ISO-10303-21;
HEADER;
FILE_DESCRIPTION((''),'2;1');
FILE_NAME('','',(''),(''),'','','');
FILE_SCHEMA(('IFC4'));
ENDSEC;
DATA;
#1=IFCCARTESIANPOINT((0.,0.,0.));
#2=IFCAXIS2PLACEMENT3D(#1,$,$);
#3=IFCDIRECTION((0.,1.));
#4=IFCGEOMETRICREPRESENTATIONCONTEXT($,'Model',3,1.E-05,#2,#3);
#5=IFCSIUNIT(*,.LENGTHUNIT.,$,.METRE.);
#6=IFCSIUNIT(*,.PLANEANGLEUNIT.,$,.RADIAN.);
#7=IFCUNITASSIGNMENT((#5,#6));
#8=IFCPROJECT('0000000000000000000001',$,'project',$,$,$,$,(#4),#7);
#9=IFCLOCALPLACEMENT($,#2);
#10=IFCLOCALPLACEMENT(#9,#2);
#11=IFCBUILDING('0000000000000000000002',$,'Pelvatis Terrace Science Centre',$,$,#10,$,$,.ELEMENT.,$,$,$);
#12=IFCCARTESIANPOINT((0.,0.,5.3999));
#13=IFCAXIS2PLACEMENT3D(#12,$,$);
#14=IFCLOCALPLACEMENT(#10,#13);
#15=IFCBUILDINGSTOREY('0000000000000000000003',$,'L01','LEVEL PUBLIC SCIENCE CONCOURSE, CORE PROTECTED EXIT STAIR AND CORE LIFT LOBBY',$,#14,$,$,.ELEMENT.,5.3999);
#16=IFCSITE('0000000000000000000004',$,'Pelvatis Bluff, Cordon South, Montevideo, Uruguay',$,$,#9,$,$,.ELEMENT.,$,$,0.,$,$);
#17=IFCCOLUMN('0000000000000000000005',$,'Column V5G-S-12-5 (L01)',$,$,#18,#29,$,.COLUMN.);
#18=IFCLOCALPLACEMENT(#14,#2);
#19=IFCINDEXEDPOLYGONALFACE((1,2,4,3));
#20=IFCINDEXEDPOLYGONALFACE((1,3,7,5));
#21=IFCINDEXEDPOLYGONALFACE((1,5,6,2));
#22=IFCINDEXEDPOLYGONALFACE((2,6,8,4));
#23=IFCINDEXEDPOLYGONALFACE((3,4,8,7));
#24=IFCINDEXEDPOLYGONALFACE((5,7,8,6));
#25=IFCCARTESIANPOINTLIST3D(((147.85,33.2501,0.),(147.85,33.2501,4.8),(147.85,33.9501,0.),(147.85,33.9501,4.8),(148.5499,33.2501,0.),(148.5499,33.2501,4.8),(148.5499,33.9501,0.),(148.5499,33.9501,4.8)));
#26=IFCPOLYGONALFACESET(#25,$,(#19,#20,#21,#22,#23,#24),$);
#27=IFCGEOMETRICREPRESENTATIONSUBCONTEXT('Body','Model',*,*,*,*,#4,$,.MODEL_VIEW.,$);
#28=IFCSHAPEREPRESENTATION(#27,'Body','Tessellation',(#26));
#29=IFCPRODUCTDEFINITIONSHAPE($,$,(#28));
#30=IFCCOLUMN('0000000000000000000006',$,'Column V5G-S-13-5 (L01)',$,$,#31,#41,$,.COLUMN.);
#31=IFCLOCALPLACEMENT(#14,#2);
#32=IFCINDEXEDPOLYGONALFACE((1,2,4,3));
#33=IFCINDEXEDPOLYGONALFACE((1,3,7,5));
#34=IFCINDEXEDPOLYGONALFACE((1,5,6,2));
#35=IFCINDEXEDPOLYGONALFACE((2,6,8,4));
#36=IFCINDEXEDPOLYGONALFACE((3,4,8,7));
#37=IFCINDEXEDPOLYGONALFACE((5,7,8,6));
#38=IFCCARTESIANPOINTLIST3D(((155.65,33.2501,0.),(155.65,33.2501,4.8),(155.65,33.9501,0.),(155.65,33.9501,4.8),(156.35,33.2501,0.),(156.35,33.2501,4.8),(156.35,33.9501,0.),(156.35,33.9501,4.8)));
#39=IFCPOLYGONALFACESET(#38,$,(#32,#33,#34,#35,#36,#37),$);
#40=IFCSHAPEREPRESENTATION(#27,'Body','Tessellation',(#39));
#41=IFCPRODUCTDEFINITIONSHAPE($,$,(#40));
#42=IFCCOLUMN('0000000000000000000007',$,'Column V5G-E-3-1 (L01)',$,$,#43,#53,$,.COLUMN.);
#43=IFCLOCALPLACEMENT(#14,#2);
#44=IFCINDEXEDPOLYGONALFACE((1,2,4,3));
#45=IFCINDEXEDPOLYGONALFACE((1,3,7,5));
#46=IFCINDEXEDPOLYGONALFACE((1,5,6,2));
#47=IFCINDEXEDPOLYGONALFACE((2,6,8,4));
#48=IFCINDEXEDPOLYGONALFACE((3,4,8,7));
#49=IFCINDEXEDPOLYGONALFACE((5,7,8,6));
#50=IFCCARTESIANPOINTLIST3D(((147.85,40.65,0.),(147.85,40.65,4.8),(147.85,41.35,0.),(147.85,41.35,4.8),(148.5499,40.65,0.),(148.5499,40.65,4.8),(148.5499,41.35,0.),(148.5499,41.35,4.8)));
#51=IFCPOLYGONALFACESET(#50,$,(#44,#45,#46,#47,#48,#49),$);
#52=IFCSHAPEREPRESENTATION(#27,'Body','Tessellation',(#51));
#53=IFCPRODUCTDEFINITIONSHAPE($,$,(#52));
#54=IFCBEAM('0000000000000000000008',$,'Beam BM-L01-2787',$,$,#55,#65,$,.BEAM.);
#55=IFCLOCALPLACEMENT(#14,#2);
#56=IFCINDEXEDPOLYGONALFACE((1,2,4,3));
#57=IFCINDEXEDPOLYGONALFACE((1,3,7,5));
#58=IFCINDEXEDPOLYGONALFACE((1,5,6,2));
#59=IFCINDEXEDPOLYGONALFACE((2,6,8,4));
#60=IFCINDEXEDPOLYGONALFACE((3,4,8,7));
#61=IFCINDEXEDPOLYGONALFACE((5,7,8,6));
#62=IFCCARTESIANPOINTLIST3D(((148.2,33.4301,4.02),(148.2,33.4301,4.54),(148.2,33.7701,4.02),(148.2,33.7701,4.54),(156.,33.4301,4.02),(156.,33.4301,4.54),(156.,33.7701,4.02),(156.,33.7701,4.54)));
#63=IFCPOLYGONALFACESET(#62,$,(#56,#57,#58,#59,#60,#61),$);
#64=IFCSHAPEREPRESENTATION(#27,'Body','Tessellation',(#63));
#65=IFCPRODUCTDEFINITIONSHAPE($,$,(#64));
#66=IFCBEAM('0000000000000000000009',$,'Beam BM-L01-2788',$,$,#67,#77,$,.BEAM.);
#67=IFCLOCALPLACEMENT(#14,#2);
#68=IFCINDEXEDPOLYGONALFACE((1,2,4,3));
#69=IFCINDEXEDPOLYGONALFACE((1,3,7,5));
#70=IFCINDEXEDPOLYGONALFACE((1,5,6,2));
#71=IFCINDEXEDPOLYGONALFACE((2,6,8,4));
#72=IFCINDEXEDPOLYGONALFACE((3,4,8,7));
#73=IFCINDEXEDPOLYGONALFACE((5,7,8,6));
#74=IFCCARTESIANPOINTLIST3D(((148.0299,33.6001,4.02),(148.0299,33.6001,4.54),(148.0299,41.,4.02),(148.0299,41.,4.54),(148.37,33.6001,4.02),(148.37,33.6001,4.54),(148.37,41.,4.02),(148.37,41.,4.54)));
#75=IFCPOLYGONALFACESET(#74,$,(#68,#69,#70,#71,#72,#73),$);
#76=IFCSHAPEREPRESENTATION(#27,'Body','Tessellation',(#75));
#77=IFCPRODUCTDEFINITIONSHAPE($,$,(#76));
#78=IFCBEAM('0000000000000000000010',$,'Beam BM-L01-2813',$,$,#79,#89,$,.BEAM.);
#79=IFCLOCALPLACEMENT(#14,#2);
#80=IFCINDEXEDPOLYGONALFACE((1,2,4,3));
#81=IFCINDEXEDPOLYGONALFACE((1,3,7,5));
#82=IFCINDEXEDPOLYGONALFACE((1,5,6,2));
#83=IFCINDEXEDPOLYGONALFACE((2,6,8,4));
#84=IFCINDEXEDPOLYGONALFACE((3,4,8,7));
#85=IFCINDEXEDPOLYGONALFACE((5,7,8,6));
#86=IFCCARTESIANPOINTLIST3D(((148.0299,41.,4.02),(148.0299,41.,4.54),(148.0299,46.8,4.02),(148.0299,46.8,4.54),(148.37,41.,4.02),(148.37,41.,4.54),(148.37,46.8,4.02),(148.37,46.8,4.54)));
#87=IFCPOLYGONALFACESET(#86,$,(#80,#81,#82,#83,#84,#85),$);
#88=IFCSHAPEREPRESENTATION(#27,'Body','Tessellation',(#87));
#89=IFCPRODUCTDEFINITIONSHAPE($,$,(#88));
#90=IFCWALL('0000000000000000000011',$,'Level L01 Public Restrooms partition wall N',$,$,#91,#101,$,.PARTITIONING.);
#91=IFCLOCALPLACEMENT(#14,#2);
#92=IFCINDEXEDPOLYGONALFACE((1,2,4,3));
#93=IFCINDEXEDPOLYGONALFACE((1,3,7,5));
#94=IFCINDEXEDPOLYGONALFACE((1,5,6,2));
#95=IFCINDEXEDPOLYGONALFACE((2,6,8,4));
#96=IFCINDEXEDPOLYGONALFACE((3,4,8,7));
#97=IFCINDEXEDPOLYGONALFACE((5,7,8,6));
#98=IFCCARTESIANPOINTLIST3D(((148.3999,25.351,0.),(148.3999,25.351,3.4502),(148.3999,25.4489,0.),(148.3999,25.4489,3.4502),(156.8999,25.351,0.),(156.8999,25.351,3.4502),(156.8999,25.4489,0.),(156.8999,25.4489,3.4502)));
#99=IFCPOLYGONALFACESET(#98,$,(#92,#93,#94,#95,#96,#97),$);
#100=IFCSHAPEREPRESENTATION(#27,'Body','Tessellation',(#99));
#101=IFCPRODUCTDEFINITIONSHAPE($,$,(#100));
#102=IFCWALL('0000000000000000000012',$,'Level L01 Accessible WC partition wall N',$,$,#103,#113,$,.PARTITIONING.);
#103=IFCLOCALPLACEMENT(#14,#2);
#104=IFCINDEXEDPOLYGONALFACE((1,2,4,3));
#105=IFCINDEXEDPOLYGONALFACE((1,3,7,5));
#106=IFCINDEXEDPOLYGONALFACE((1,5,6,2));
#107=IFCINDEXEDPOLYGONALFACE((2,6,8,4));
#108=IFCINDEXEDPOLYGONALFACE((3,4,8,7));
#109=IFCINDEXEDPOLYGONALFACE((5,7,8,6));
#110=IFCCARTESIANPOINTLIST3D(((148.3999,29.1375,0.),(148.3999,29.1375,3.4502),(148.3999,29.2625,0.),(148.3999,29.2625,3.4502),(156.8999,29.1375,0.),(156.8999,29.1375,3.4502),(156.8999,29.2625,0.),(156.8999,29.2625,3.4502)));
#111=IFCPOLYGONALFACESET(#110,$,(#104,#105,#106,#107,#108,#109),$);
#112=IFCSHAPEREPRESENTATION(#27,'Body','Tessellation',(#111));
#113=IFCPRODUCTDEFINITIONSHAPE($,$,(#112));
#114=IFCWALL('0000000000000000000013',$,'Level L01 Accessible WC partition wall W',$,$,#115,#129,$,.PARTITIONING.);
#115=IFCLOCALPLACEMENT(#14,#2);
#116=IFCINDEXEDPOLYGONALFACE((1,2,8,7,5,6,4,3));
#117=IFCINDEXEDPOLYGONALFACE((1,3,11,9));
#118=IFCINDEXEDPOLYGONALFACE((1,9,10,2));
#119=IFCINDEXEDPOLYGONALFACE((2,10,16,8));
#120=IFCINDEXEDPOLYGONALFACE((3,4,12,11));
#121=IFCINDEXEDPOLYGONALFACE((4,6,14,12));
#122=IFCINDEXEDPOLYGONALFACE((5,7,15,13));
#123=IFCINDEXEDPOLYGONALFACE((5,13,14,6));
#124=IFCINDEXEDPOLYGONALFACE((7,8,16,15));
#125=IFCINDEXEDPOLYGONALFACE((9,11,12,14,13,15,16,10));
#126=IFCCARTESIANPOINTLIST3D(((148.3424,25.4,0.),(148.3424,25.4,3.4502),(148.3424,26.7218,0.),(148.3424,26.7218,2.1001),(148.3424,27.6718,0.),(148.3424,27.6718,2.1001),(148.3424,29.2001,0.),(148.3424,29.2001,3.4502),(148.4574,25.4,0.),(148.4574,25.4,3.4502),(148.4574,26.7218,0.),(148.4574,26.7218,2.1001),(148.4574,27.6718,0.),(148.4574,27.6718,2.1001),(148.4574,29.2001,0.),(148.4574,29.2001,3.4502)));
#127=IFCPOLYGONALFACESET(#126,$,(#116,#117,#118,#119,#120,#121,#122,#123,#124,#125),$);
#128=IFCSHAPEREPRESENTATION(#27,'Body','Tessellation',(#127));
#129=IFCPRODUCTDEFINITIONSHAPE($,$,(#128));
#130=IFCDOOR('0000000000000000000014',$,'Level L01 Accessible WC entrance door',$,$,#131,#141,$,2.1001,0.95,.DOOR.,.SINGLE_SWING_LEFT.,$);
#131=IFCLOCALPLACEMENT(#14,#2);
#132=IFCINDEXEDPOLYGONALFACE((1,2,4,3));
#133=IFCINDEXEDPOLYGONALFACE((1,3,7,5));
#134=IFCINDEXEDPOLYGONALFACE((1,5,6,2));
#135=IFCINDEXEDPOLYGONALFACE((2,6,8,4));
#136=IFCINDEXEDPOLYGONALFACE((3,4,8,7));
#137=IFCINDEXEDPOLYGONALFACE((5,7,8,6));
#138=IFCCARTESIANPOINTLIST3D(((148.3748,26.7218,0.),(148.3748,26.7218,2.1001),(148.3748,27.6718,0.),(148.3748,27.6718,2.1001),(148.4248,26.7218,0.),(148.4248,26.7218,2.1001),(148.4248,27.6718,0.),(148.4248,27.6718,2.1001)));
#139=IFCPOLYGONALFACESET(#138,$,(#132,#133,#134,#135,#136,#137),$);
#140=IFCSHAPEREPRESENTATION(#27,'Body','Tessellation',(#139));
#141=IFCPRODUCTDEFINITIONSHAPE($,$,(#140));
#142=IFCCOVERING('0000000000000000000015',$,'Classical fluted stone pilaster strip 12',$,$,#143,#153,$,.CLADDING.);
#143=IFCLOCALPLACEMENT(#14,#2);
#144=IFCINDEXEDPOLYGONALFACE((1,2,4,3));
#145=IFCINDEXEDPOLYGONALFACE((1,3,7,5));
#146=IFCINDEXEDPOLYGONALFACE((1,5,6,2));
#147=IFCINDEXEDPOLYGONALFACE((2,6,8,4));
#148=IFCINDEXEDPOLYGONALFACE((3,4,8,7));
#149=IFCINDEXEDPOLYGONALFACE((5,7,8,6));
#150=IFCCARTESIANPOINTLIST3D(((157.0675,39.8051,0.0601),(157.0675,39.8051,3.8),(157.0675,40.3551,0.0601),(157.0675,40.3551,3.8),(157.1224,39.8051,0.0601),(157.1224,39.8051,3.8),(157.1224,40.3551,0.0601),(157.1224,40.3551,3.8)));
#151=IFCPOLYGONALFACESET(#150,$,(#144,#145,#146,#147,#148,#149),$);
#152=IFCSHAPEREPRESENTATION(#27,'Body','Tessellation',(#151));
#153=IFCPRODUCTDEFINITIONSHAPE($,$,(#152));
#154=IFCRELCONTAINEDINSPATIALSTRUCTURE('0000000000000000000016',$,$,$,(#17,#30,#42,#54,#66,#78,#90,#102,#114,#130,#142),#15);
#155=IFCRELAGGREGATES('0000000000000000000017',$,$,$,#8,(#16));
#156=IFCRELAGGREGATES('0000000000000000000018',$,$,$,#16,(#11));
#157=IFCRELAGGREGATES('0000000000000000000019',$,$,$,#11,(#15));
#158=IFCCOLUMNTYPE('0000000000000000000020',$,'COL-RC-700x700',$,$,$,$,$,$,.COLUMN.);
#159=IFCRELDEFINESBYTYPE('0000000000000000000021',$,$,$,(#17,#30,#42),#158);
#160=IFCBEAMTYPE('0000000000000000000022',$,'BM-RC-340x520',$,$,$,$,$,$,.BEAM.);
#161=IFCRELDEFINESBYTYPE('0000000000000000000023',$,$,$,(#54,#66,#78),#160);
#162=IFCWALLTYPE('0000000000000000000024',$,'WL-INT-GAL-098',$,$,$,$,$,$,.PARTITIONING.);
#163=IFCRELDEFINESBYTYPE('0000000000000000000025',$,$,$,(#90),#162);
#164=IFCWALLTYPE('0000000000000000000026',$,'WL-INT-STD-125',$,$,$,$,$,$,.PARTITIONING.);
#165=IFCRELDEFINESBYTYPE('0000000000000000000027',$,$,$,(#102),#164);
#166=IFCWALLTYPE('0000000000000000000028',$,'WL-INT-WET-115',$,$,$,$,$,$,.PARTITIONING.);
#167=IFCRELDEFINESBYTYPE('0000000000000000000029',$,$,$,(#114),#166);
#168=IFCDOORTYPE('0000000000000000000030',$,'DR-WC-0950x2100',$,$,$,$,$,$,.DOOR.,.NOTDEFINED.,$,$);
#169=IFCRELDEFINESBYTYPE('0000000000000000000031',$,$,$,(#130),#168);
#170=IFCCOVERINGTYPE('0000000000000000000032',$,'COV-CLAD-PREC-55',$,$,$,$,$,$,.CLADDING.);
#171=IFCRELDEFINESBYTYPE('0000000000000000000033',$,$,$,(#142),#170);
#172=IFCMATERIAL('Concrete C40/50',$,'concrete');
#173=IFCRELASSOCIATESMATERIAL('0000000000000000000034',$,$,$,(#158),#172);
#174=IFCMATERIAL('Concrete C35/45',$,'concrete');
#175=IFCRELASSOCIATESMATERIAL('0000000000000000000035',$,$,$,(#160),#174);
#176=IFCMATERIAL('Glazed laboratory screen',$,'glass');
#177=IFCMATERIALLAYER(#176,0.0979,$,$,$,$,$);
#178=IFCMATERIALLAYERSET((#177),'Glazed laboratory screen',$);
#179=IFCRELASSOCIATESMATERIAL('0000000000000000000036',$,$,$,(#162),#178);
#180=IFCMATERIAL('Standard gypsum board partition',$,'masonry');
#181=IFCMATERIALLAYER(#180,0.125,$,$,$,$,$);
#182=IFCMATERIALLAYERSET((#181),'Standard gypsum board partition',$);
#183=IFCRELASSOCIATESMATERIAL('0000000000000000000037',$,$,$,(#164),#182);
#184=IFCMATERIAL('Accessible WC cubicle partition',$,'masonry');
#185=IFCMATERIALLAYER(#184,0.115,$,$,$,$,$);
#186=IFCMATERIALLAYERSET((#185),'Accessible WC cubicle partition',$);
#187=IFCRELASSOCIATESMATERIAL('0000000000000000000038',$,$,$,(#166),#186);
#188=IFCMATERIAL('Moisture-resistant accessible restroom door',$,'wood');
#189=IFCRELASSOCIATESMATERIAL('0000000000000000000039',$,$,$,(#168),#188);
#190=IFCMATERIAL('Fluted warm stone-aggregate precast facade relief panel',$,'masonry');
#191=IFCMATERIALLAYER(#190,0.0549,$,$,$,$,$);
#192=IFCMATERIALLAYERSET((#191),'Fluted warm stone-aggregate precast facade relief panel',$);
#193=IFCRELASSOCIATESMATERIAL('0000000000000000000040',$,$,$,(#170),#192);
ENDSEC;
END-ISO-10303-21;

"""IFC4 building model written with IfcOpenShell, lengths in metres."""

from ifc_helpers import new_model, si_unit, direction, frame, frame_2d, origin, origin_2d, place, context, subcontext, project, spatial, rectangle, extrude, material, layer, layer_set, material_profile, profile_set, type_object, element, fill, save


model = new_model("IFC4")

# Units and contexts
model_context = context("Model", 3, precision=1e-05, world=origin(), true_north=direction((0.0, 1.0)))
body_context = subcontext(model_context, "Body", "Model", "MODEL_VIEW")
ifc_project = project(units=[si_unit("LENGTHUNIT", "METRE"), si_unit("PLANEANGLEUNIT", "RADIAN")], contexts=[model_context])

# Site, building, storey
site_placement = place(None, origin())
site = spatial("IfcSite", under=ifc_project, at=site_placement, Name="Pelvatis Bluff, Cordon South, Montevideo, Uruguay", CompositionType="ELEMENT", RefElevation=0.0)
building_placement = place(site_placement, origin())
building = spatial("IfcBuilding", under=site, at=building_placement, Name="Pelvatis Terrace Science Centre", CompositionType="ELEMENT")
storey_placement = place(building_placement, frame((0.0, 0.0, 5.3999)))
storey = spatial("IfcBuildingStorey", under=building, at=storey_placement, Name="L01", Description="LEVEL PUBLIC SCIENCE CONCOURSE, CORE PROTECTED EXIT STAIR AND CORE LIFT LOBBY", CompositionType="ELEMENT", Elevation=5.3999)

# Columns
ifc_material_1 = material(Name="Concrete C40/50", Category="concrete")
ifc_material_profile_1 = material_profile(ifc_material_1, rectangle(XDim=0.7, YDim=0.7, at=origin_2d()), Name="RC-COL 700x700")
ifc_profile_set_1 = profile_set([ifc_material_profile_1], Name="Concrete C40/50")
column_type = type_object("IfcColumnType", Name="COL-RC-700x700", PredefinedType="COLUMN", material=ifc_profile_set_1)
for number, where, z_axis, x_axis, name in (
    (1, (148.2, 33.6001, 0.0), (0.0, 0.0, 1.0), (1.0, 0.0, 0.0), "Column V5G-S-12-5 (L01)"),
    (2, (156.0, 33.6001, 0.0), (0.0, 0.0, 1.0), (1.0, 0.0, 0.0), "Column V5G-S-13-5 (L01)"),
    (3, (148.2, 41.0, 0.0), (0.0, 0.0, 1.0), (1.0, 0.0, 0.0), "Column V5G-E-3-1 (L01)"),
):
    element("IfcColumn", number, at=place(storey_placement, frame(where, z_axis=z_axis, x_axis=x_axis)), inside=storey, type_object=column_type, Name=name, PredefinedType="COLUMN", context=body_context, shape_type="SweptSolid", body=[
        extrude(rectangle(XDim=0.7, YDim=0.7, at=origin_2d()), origin(), (0.0, 0.0, 1.0), 4.8),
    ])

# Beams
ifc_material_2 = material(Name="Concrete C35/45", Category="concrete")
ifc_material_profile_2 = material_profile(ifc_material_2, rectangle(XDim=0.3401, YDim=0.52, at=origin_2d()), Name="RC-BM 340x520")
ifc_profile_set_2 = profile_set([ifc_material_profile_2], Name="Concrete C35/45")
beam_type = type_object("IfcBeamType", Name="BM-RC-340x520", PredefinedType="BEAM", material=ifc_profile_set_2)
beam_1_placement = place(storey_placement, frame((148.2, 33.6001, 4.28), z_axis=(1.0, 0.0, 0.0), x_axis=(0.0, 1.0, 0.0)))
element("IfcBeam", 4, at=beam_1_placement, inside=storey, type_object=beam_type, Name="Beam BM-L01-2787", PredefinedType="BEAM", context=body_context, shape_type="SweptSolid", body=[
    extrude(rectangle(XDim=0.3401, YDim=0.52, at=origin_2d()), origin(), (0.0, 0.0, 1.0), 7.8),
])
beam_2_placement = place(storey_placement, frame((148.2, 33.6001, 4.28), z_axis=(0.0, 1.0, 0.0), x_axis=(-1.0, 0.0, 0.0)))
element("IfcBeam", 5, at=beam_2_placement, inside=storey, type_object=beam_type, Name="Beam BM-L01-2788", PredefinedType="BEAM", context=body_context, shape_type="SweptSolid", body=[
    extrude(rectangle(XDim=0.3401, YDim=0.52, at=origin_2d()), origin(), (0.0, 0.0, 1.0), 7.3999),
])
beam_3_placement = place(storey_placement, frame((148.2, 41.0, 4.28), z_axis=(0.0, 1.0, 0.0), x_axis=(-1.0, 0.0, 0.0)))
element("IfcBeam", 6, at=beam_3_placement, inside=storey, type_object=beam_type, Name="Beam BM-L01-2813", PredefinedType="BEAM", context=body_context, shape_type="SweptSolid", body=[
    extrude(rectangle(XDim=0.3401, YDim=0.52, at=origin_2d()), origin(), (0.0, 0.0, 1.0), 5.8),
])

# Walls
ifc_material_3 = material(Name="Glazed laboratory screen", Category="glass")
ifc_layer_1 = layer(ifc_material_3, 0.0979)
ifc_layer_set_1 = layer_set([ifc_layer_1], Name="Glazed laboratory screen")
wall_type_1 = type_object("IfcWallType", Name="WL-INT-GAL-098", PredefinedType="PARTITIONING", material=ifc_layer_set_1)
wall_1_placement = place(storey_placement, frame((156.8999, 25.3999, 0.0), z_axis=(0.0, 0.0, 1.0), x_axis=(-1.0, 0.0, 0.0)))
element("IfcWall", 7, at=wall_1_placement, inside=storey, type_object=wall_type_1, Name="Level L01 Public Restrooms partition wall N", PredefinedType="PARTITIONING", context=body_context, shape_type="SweptSolid", body=[
    extrude(rectangle(XDim=8.5, YDim=0.0979, at=frame_2d((4.25, 0.0))), origin(), (0.0, 0.0, 1.0), 3.4502),
])
ifc_material_4 = material(Name="Standard gypsum board partition", Category="masonry")
ifc_layer_2 = layer(ifc_material_4, 0.125)
ifc_layer_set_2 = layer_set([ifc_layer_2], Name="Standard gypsum board partition")
wall_type_2 = type_object("IfcWallType", Name="WL-INT-STD-125", PredefinedType="PARTITIONING", material=ifc_layer_set_2)
wall_2_placement = place(storey_placement, frame((156.8999, 29.2, 0.0), z_axis=(0.0, 0.0, 1.0), x_axis=(-1.0, 0.0, 0.0)))
element("IfcWall", 8, at=wall_2_placement, inside=storey, type_object=wall_type_2, Name="Level L01 Accessible WC partition wall N", PredefinedType="PARTITIONING", context=body_context, shape_type="SweptSolid", body=[
    extrude(rectangle(XDim=8.5, YDim=0.125, at=frame_2d((4.25, 0.0))), origin(), (0.0, 0.0, 1.0), 3.4502),
])

# Wall, opening, door
ifc_material_5 = material(Name="Accessible WC cubicle partition", Category="masonry")
ifc_layer_3 = layer(ifc_material_5, 0.115)
ifc_layer_set_3 = layer_set([ifc_layer_3], Name="Accessible WC cubicle partition")
wall_type_3 = type_object("IfcWallType", Name="WL-INT-WET-115", PredefinedType="PARTITIONING", material=ifc_layer_set_3)
wall_3_placement = place(storey_placement, frame((148.3999, 29.2, 0.0), z_axis=(0.0, 0.0, 1.0), x_axis=(0.0, -1.0, 0.0)))
wall_3 = element("IfcWall", 9, at=wall_3_placement, inside=storey, type_object=wall_type_3, Name="Level L01 Accessible WC partition wall W", PredefinedType="PARTITIONING", context=body_context, shape_type="SweptSolid", body=[
    extrude(rectangle(XDim=3.8, YDim=0.115, at=frame_2d((1.8999, 0.0))), origin(), (0.0, 0.0, 1.0), 3.4502),
])
opening_placement = place(wall_3_placement, frame((1.5281, 0.0, 0.0)))
opening = element("IfcOpeningElement", 10, at=opening_placement, cuts=wall_3, PredefinedType="OPENING", context=body_context, shape_type="SweptSolid", body=[
    extrude(rectangle(XDim=0.95, YDim=2.1001, at=frame_2d((0.4751, 1.05))), frame((0.0, 0.0674, 0.0), z_axis=(0.0, -1.0, 0.0), x_axis=(1.0, 0.0, 0.0)), (0.0, 0.0, 1.0), 0.135),
])
ifc_material_6 = material(Name="Moisture-resistant accessible restroom door", Category="wood")
door_type = type_object("IfcDoorType", Name="DR-WC-0950x2100", OperationType="NOTDEFINED", PredefinedType="DOOR", material=ifc_material_6)
door_placement = place(opening_placement, origin())
door = element("IfcDoor", 11, at=door_placement, inside=storey, type_object=door_type, Name="Level L01 Accessible WC entrance door", OperationType="SINGLE_SWING_LEFT", OverallHeight=2.1001, OverallWidth=0.95, PredefinedType="DOOR", context=body_context, shape_type="SweptSolid", body=[
    extrude(rectangle(XDim=0.95, YDim=2.1001, at=frame_2d((0.4751, 1.05))), frame((0.0, 0.0249, 0.0), z_axis=(0.0, -1.0, 0.0), x_axis=(1.0, 0.0, 0.0)), (0.0, 0.0, 1.0), 0.05),
])
fill(opening, door)

# Covering
ifc_material_7 = material(Name="Fluted warm stone-aggregate precast facade relief panel", Category="masonry")
ifc_layer_4 = layer(ifc_material_7, 0.0549)
ifc_layer_set_4 = layer_set([ifc_layer_4], Name="Fluted warm stone-aggregate precast facade relief panel")
covering_type = type_object("IfcCoveringType", Name="COV-CLAD-PREC-55", PredefinedType="CLADDING", material=ifc_layer_set_4)
covering_placement = place(storey_placement, frame((157.095, 40.0801, 0.0601), z_axis=(0.0, 0.0, 1.0), x_axis=(1.0, 0.0, 0.0)))
element("IfcCovering", 12, at=covering_placement, inside=storey, type_object=covering_type, Name="Classical fluted stone pilaster strip 12", PredefinedType="CLADDING", context=body_context, shape_type="SweptSolid", body=[
    extrude(rectangle(XDim=0.0549, YDim=0.55, at=origin_2d()), origin(), (0.0, 0.0, 1.0), 3.74),
])

save(model, "model.ifc")
